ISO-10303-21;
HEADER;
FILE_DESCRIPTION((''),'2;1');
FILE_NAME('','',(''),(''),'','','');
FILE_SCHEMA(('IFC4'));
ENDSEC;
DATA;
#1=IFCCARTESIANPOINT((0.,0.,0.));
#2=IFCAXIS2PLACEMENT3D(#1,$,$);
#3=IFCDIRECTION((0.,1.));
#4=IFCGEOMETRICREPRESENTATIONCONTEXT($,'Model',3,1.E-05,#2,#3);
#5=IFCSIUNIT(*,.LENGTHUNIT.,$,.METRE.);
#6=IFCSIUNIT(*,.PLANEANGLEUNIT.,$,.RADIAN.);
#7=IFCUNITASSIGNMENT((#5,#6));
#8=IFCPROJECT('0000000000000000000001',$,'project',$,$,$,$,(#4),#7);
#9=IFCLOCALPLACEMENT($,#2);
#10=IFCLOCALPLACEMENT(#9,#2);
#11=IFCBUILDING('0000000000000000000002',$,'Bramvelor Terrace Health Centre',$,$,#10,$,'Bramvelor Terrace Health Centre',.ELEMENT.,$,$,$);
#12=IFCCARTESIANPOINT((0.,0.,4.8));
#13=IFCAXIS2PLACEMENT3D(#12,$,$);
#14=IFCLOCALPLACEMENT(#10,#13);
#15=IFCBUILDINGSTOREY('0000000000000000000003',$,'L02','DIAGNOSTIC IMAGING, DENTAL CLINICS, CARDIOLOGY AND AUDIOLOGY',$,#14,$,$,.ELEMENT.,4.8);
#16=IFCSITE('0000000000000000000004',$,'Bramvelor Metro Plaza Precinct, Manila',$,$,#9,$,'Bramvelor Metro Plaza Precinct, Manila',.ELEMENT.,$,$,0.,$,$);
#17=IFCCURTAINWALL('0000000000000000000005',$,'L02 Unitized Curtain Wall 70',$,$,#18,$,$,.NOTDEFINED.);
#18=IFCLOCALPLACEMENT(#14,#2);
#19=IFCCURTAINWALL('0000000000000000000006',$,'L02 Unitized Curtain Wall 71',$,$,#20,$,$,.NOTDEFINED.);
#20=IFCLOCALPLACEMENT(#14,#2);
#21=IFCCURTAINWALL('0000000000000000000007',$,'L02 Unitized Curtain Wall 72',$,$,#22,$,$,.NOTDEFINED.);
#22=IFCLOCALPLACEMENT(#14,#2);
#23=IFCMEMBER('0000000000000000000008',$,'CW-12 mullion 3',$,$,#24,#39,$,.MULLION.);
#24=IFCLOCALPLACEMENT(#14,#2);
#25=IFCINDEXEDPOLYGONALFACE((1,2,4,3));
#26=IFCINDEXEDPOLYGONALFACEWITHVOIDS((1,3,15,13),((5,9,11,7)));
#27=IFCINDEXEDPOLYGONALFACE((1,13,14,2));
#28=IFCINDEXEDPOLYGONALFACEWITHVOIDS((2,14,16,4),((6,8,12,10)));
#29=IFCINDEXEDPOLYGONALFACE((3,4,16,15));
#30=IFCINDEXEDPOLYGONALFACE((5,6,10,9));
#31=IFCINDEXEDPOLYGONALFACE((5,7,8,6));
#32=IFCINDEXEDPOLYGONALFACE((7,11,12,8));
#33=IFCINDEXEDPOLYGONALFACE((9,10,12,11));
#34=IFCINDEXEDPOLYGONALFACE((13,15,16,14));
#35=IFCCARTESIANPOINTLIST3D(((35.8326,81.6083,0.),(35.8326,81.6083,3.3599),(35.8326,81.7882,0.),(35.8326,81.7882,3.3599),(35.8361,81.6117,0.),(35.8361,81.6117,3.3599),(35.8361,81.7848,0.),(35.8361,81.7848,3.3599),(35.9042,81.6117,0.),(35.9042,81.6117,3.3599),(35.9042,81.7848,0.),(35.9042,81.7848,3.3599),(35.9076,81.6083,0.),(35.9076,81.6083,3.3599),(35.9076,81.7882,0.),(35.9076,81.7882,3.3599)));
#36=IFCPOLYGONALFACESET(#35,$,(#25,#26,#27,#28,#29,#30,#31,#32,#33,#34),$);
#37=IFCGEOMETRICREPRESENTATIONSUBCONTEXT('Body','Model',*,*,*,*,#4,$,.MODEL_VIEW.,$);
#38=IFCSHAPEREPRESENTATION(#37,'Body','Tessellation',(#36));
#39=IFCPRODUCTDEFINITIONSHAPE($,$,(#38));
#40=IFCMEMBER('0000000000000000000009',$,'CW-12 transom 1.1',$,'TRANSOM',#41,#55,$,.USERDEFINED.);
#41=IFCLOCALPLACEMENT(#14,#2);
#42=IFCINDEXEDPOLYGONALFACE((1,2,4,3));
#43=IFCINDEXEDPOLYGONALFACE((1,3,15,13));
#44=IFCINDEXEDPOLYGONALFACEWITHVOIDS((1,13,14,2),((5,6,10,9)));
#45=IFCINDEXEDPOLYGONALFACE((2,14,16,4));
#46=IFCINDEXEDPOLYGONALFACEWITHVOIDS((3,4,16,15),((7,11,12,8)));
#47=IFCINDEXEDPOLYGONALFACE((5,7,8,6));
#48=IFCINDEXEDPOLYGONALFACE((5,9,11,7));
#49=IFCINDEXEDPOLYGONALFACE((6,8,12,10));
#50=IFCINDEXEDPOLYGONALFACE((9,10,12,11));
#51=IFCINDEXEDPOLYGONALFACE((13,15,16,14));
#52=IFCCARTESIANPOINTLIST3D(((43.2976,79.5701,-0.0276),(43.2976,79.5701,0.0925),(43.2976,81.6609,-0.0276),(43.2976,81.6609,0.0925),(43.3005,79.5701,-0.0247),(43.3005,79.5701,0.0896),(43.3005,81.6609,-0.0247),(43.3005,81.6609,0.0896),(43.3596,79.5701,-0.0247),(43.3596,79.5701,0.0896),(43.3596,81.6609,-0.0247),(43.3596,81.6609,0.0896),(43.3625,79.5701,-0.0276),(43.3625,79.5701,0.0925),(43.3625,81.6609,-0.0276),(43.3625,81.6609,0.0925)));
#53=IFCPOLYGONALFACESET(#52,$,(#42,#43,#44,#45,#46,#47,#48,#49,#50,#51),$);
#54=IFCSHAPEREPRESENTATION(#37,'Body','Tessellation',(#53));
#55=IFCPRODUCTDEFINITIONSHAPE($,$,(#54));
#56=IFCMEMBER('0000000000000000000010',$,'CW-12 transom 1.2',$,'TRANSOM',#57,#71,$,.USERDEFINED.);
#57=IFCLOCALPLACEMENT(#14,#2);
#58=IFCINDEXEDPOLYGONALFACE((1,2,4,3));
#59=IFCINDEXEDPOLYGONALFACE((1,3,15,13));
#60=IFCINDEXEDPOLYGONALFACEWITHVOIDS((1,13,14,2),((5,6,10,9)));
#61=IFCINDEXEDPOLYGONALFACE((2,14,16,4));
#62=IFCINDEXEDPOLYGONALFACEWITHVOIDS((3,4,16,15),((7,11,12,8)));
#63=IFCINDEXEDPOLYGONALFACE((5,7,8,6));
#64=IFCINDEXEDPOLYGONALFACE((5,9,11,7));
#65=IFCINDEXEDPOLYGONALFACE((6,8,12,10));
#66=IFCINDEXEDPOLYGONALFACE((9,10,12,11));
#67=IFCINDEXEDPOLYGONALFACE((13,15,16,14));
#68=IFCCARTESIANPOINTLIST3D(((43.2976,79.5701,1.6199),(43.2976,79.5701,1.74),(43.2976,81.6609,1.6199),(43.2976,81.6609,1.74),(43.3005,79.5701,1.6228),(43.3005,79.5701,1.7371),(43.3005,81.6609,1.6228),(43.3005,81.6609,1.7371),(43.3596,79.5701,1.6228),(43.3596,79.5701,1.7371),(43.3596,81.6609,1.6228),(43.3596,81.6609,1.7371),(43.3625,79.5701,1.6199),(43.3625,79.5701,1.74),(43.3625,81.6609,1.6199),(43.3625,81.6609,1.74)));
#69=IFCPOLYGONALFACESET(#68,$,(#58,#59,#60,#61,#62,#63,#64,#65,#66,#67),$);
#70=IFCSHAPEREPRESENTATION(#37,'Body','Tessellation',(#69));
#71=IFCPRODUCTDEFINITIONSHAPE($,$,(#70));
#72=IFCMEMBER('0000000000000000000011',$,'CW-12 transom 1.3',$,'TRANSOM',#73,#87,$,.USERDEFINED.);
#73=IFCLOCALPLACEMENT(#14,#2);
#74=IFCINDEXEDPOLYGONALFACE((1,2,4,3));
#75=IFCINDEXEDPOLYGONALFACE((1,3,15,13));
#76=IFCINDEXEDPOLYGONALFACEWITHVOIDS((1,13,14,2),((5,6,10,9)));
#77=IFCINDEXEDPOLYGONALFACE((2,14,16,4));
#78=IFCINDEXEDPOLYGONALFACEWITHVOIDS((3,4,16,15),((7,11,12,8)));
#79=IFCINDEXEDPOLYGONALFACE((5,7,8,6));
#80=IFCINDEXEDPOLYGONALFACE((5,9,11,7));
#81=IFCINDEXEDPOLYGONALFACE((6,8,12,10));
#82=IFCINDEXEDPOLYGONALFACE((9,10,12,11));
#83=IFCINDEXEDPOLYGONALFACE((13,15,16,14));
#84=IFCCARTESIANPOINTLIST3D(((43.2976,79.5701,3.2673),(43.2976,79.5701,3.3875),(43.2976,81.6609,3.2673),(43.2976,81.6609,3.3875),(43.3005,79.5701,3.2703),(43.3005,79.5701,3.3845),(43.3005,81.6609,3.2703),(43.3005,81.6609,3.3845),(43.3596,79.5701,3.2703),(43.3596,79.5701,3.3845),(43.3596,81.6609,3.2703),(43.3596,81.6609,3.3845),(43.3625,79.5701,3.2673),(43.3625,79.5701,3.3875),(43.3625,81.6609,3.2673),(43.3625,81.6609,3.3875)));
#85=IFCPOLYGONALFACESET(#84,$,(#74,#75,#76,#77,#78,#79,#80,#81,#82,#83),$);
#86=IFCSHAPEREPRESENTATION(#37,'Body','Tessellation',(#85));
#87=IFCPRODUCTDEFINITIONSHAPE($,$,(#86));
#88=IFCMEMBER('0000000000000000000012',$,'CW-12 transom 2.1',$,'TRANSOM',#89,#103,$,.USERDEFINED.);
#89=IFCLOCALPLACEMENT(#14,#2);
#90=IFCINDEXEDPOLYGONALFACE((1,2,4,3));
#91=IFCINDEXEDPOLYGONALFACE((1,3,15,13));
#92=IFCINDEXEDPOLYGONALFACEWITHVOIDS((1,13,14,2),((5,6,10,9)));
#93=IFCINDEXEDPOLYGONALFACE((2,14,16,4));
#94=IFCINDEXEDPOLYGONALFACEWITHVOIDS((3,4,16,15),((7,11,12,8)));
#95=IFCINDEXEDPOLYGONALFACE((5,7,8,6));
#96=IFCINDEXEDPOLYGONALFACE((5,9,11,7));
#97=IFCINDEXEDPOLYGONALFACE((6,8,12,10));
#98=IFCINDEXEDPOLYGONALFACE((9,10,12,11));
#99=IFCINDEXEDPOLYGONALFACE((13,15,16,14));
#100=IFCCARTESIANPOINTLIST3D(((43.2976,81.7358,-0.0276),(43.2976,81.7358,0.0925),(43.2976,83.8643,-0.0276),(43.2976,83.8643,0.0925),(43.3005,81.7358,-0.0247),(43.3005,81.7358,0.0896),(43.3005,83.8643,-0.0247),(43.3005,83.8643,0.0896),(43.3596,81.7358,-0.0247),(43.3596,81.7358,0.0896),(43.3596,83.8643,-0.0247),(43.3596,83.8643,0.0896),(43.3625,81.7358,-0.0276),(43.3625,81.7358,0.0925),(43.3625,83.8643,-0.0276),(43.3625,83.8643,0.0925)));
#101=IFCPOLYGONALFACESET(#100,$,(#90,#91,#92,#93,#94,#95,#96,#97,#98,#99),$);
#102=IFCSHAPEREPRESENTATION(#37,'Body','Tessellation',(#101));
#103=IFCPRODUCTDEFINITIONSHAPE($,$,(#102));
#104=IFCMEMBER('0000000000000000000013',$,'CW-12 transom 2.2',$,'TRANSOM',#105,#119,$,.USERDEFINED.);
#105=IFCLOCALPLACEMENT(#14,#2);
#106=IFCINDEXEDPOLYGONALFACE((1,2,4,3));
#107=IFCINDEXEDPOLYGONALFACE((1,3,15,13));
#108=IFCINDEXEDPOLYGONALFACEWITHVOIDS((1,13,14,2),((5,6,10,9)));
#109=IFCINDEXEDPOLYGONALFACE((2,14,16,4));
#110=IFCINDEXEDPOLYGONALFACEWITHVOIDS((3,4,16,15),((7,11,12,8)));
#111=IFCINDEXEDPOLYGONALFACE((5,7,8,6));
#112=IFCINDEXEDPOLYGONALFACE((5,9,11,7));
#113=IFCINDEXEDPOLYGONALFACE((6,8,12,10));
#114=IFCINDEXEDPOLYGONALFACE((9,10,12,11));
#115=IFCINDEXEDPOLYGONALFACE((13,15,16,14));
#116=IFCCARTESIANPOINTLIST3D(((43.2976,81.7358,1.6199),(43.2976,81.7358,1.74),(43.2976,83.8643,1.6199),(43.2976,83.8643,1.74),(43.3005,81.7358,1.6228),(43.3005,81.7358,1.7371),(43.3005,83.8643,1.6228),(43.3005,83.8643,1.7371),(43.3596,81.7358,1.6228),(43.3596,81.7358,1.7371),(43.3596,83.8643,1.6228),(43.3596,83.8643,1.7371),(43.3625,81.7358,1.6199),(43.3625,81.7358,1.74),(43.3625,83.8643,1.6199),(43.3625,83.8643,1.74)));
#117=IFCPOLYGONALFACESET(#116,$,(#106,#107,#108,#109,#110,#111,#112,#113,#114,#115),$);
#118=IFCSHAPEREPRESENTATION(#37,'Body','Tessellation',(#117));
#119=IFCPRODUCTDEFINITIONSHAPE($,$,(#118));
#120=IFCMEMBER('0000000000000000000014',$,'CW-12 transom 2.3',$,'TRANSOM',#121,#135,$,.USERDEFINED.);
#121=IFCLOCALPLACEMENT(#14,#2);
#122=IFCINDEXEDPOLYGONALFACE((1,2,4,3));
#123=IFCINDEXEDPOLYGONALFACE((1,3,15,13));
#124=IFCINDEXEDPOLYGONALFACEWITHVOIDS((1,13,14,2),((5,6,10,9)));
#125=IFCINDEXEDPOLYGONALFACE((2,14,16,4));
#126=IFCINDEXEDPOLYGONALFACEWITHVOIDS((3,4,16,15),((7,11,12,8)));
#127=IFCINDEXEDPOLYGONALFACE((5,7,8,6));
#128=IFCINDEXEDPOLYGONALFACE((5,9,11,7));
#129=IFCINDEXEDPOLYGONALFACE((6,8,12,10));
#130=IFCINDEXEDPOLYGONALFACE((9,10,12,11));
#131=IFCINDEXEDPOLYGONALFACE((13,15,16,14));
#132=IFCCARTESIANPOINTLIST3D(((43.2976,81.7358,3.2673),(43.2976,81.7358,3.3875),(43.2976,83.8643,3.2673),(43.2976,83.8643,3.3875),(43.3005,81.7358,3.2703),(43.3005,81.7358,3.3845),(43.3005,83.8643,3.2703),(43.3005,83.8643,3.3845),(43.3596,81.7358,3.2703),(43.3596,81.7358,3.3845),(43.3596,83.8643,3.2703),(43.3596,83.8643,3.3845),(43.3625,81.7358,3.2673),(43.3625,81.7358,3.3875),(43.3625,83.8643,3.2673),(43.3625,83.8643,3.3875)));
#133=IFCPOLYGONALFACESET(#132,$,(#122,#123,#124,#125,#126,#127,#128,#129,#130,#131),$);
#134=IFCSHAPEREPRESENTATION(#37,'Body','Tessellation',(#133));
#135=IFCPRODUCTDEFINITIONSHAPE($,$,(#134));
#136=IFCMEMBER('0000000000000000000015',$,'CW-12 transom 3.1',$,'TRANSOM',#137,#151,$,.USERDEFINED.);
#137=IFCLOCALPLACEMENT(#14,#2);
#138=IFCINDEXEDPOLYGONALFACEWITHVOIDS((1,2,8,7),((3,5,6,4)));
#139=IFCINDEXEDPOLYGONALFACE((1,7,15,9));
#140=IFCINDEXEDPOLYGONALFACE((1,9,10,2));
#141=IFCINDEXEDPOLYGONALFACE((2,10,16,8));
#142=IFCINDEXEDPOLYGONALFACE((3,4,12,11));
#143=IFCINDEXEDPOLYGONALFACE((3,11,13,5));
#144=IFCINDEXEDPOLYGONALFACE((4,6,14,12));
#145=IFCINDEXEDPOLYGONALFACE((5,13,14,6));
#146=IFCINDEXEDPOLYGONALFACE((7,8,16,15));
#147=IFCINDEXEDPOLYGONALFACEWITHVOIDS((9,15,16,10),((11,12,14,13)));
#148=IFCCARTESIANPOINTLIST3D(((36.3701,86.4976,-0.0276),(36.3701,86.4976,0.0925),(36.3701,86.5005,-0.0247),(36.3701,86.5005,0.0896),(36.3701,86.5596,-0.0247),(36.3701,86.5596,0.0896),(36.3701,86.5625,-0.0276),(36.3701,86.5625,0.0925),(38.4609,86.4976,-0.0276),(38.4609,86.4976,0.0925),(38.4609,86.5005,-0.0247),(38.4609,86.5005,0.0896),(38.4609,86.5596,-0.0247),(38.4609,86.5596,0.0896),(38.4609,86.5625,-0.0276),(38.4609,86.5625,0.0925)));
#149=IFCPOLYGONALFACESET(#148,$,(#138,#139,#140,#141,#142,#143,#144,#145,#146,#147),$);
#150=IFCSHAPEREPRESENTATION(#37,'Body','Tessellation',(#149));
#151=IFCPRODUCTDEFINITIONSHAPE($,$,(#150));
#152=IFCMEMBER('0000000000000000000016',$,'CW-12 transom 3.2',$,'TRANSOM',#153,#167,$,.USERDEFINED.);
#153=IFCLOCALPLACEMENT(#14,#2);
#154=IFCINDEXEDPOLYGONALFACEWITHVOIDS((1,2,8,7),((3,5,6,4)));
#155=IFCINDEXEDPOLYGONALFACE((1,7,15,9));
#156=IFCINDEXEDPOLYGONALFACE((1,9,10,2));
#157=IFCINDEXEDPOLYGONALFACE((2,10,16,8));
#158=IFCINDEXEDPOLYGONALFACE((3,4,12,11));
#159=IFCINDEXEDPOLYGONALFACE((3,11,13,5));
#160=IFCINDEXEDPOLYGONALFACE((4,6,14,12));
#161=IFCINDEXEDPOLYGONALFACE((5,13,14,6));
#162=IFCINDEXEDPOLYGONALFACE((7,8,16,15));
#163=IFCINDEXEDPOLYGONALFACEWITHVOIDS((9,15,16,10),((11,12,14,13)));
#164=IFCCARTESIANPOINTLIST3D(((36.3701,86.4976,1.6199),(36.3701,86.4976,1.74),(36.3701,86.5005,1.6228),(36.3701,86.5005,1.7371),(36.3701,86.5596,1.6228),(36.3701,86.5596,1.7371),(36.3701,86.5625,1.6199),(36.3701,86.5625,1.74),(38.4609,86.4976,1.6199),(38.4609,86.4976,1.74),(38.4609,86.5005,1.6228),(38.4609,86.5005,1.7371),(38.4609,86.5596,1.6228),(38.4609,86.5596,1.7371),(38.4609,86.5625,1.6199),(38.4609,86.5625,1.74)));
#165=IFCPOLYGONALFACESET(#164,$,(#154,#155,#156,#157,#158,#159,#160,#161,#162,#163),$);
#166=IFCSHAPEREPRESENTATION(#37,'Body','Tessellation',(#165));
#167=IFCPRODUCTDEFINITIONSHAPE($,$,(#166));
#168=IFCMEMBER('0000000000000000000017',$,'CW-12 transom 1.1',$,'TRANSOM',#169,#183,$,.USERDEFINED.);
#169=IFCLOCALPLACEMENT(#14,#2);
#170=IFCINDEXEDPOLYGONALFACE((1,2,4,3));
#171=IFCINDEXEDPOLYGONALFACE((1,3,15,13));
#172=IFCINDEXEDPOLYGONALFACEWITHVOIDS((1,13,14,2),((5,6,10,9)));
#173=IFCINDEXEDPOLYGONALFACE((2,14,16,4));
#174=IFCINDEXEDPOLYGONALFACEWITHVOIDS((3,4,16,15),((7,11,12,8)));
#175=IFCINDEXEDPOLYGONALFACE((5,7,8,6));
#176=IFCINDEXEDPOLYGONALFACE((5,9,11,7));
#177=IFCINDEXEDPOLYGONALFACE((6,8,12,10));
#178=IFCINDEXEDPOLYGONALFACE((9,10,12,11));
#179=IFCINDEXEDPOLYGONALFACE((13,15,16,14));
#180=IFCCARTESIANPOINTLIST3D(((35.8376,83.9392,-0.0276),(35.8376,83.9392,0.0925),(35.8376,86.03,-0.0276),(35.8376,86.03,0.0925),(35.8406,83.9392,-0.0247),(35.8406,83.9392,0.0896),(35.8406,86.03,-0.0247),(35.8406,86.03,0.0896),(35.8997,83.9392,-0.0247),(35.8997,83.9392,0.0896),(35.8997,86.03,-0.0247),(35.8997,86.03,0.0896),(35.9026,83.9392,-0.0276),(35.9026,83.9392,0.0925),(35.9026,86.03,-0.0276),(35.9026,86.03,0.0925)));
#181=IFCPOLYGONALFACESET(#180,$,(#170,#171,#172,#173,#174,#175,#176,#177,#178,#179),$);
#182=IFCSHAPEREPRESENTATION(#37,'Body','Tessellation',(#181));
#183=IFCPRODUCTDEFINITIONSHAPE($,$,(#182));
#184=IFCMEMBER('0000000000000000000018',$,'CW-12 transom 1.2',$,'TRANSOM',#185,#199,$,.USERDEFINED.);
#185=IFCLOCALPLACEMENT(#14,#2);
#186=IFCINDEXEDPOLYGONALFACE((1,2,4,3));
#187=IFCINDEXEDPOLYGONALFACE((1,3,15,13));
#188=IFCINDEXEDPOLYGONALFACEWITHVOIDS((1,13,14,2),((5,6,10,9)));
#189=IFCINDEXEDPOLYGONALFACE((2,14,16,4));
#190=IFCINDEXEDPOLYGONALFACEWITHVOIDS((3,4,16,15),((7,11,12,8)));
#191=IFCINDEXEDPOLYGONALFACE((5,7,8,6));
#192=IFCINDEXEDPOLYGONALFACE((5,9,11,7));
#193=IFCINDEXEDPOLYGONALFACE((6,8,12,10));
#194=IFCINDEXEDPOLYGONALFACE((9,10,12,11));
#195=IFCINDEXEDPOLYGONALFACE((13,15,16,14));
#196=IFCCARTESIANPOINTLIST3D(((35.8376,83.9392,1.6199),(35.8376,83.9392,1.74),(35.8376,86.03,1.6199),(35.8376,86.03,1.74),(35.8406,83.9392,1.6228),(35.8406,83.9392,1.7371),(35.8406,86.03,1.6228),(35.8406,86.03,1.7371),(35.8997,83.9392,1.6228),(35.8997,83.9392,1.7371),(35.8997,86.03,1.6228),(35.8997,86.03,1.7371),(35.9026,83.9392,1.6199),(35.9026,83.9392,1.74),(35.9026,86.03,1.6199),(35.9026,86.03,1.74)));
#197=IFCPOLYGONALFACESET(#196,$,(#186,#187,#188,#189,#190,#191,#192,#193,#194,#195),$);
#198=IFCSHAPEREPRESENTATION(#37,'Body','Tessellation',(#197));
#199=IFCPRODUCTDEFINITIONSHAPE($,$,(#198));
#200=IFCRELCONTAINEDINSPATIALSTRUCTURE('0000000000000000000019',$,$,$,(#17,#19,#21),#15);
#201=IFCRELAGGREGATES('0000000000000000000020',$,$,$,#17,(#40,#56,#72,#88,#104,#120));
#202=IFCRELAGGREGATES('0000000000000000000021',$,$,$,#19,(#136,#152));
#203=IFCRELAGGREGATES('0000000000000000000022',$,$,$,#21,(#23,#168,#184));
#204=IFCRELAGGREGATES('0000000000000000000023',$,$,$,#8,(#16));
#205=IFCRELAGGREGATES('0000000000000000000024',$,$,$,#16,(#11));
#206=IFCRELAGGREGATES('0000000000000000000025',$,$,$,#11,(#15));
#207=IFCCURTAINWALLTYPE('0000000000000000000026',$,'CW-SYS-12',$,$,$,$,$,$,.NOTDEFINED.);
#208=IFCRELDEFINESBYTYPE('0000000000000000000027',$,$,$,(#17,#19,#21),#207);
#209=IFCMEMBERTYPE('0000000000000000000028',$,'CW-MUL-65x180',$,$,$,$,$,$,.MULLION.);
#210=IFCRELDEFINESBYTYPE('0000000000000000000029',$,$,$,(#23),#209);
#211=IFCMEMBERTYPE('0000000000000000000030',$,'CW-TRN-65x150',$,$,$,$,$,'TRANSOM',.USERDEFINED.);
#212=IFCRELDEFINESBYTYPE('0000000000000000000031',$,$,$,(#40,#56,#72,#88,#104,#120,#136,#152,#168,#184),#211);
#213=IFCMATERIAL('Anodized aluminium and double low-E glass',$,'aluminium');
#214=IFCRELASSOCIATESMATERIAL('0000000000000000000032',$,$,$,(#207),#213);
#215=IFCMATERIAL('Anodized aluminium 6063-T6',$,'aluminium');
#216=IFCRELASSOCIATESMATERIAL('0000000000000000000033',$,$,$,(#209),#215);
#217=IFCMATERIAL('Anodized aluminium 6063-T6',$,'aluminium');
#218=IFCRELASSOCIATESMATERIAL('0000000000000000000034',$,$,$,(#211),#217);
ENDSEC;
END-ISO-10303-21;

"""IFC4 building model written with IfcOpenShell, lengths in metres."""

from ifc_helpers import new_model, si_unit, direction, frame, origin, origin_2d, place, context, subcontext, project, spatial, hollow_rectangle, extrude, material, material_profile, profile_set, type_object, element, aggregate, save


model = new_model("IFC4")

# Units and contexts
model_context = context("Model", 3, precision=1e-05, world=origin(), true_north=direction((0.0, 1.0)))
body_context = subcontext(model_context, "Body", "Model", "MODEL_VIEW")
ifc_project = project(units=[si_unit("LENGTHUNIT", "METRE"), si_unit("PLANEANGLEUNIT", "RADIAN")], contexts=[model_context])

# Site, building, storey
site_placement = place(None, origin())
site = spatial("IfcSite", under=ifc_project, at=site_placement, Name="Bramvelor Metro Plaza Precinct, Manila", LongName="Bramvelor Metro Plaza Precinct, Manila", CompositionType="ELEMENT", RefElevation=0.0)
building_placement = place(site_placement, origin())
building = spatial("IfcBuilding", under=site, at=building_placement, Name="Bramvelor Terrace Health Centre", LongName="Bramvelor Terrace Health Centre", CompositionType="ELEMENT")
storey_placement = place(building_placement, frame((0.0, 0.0, 4.8)))
storey = spatial("IfcBuildingStorey", under=building, at=storey_placement, Name="L02", Description="DIAGNOSTIC IMAGING, DENTAL CLINICS, CARDIOLOGY AND AUDIOLOGY", CompositionType="ELEMENT", Elevation=4.8)

# Curtain wall
ifc_material_1 = material(Name="Anodized aluminium and double low-E glass", Category="aluminium")
curtain_wall_type = type_object("IfcCurtainWallType", Name="CW-SYS-12", PredefinedType="NOTDEFINED", material=ifc_material_1)
curtain_wall_1_placement = place(storey_placement, origin())
curtain_wall_1 = element("IfcCurtainWall", 1, at=curtain_wall_1_placement, inside=storey, type_object=curtain_wall_type, Name="L02 Unitized Curtain Wall 70", PredefinedType="NOTDEFINED")
ifc_material_2 = material(Name="Anodized aluminium 6063-T6", Category="aluminium")
ifc_material_profile_1 = material_profile(ifc_material_2, hollow_rectangle(XDim=0.075, YDim=0.1799, WallThickness=0.0034, at=origin_2d()), Name="ALU-MUL 75x180x3.5")
ifc_profile_set_1 = profile_set([ifc_material_profile_1], Name="Anodized aluminium 6063-T6")
member_type_1 = type_object("IfcMemberType", Name="CW-MUL-65x180", PredefinedType="MULLION", material=ifc_profile_set_1)

# Curtain wall
curtain_wall_2_placement = place(storey_placement, origin())
curtain_wall_2 = element("IfcCurtainWall", 2, at=curtain_wall_2_placement, inside=storey, type_object=curtain_wall_type, Name="L02 Unitized Curtain Wall 71", PredefinedType="NOTDEFINED")

# Curtain wall, member
curtain_wall_3_placement = place(storey_placement, origin())
curtain_wall_3 = element("IfcCurtainWall", 3, at=curtain_wall_3_placement, inside=storey, type_object=curtain_wall_type, Name="L02 Unitized Curtain Wall 72", PredefinedType="NOTDEFINED")
member_1_placement = place(storey_placement, frame((35.8701, 81.6982, 0.0), z_axis=(0.0, 0.0, 1.0), x_axis=(1.0, 0.0, 0.0)))
member_1 = element("IfcMember", 4, at=member_1_placement, type_object=member_type_1, Name="CW-12 mullion 3", PredefinedType="MULLION", context=body_context, shape_type="SweptSolid", body=[
    extrude(hollow_rectangle(XDim=0.075, YDim=0.1799, WallThickness=0.0034, at=origin_2d()), origin(), (0.0, 0.0, 1.0), 3.3599),
])

# Members
ifc_material_3 = material(Name="Anodized aluminium 6063-T6", Category="aluminium")
ifc_material_profile_2 = material_profile(ifc_material_3, hollow_rectangle(XDim=0.0649, YDim=0.1201, WallThickness=0.0029, at=origin_2d()), Name="ALU-TRN 65x120x3.0")
ifc_profile_set_2 = profile_set([ifc_material_profile_2], Name="Anodized aluminium 6063-T6")
member_type_2 = type_object("IfcMemberType", Name="CW-TRN-65x150", ElementType="TRANSOM", PredefinedType="USERDEFINED", material=ifc_profile_set_2)
member_2_placement = place(storey_placement, frame((43.3301, 79.5701, 0.0325), z_axis=(0.0, 1.0, 0.0), x_axis=(-1.0, 0.0, 0.0)))
member_2 = element("IfcMember", 5, at=member_2_placement, type_object=member_type_2, Name="CW-12 transom 1.1", ObjectType="TRANSOM", PredefinedType="USERDEFINED", context=body_context, shape_type="SweptSolid", body=[
    extrude(hollow_rectangle(XDim=0.0649, YDim=0.1201, WallThickness=0.0029, at=origin_2d()), origin(), (0.0, 0.0, 1.0), 2.0908),
])
member_3_placement = place(storey_placement, frame((43.3301, 79.5701, 1.6799), z_axis=(0.0, 1.0, 0.0), x_axis=(-1.0, 0.0, 0.0)))
member_3 = element("IfcMember", 6, at=member_3_placement, type_object=member_type_2, Name="CW-12 transom 1.2", ObjectType="TRANSOM", PredefinedType="USERDEFINED", context=body_context, shape_type="SweptSolid", body=[
    extrude(hollow_rectangle(XDim=0.0649, YDim=0.1201, WallThickness=0.0029, at=origin_2d()), origin(), (0.0, 0.0, 1.0), 2.0908),
])
member_4_placement = place(storey_placement, frame((43.3301, 79.5701, 3.3274), z_axis=(0.0, 1.0, 0.0), x_axis=(-1.0, 0.0, 0.0)))
member_4 = element("IfcMember", 7, at=member_4_placement, type_object=member_type_2, Name="CW-12 transom 1.3", ObjectType="TRANSOM", PredefinedType="USERDEFINED", context=body_context, shape_type="SweptSolid", body=[
    extrude(hollow_rectangle(XDim=0.0649, YDim=0.1201, WallThickness=0.0029, at=origin_2d()), origin(), (0.0, 0.0, 1.0), 2.0908),
])
member_5_placement = place(storey_placement, frame((43.3301, 81.7358, 0.0325), z_axis=(0.0, 1.0, 0.0), x_axis=(-1.0, 0.0, 0.0)))
member_5 = element("IfcMember", 8, at=member_5_placement, type_object=member_type_2, Name="CW-12 transom 2.1", ObjectType="TRANSOM", PredefinedType="USERDEFINED", context=body_context, shape_type="SweptSolid", body=[
    extrude(hollow_rectangle(XDim=0.0649, YDim=0.1201, WallThickness=0.0029, at=origin_2d()), origin(), (0.0, 0.0, 1.0), 2.1284),
])
member_6_placement = place(storey_placement, frame((43.3301, 81.7358, 1.6799), z_axis=(0.0, 1.0, 0.0), x_axis=(-1.0, 0.0, 0.0)))
member_6 = element("IfcMember", 9, at=member_6_placement, type_object=member_type_2, Name="CW-12 transom 2.2", ObjectType="TRANSOM", PredefinedType="USERDEFINED", context=body_context, shape_type="SweptSolid", body=[
    extrude(hollow_rectangle(XDim=0.0649, YDim=0.1201, WallThickness=0.0029, at=origin_2d()), origin(), (0.0, 0.0, 1.0), 2.1284),
])
member_7_placement = place(storey_placement, frame((43.3301, 81.7358, 3.3274), z_axis=(0.0, 1.0, 0.0), x_axis=(-1.0, 0.0, 0.0)))
member_7 = element("IfcMember", 10, at=member_7_placement, type_object=member_type_2, Name="CW-12 transom 2.3", ObjectType="TRANSOM", PredefinedType="USERDEFINED", context=body_context, shape_type="SweptSolid", body=[
    extrude(hollow_rectangle(XDim=0.0649, YDim=0.1201, WallThickness=0.0029, at=origin_2d()), origin(), (0.0, 0.0, 1.0), 2.1284),
])
member_8_placement = place(storey_placement, frame((38.4609, 86.53, 0.0325), z_axis=(-1.0, 0.0, 0.0), x_axis=(0.0, -1.0, 0.0)))
member_8 = element("IfcMember", 11, at=member_8_placement, type_object=member_type_2, Name="CW-12 transom 3.1", ObjectType="TRANSOM", PredefinedType="USERDEFINED", context=body_context, shape_type="SweptSolid", body=[
    extrude(hollow_rectangle(XDim=0.0649, YDim=0.1201, WallThickness=0.0029, at=origin_2d()), origin(), (0.0, 0.0, 1.0), 2.0908),
])
member_9_placement = place(storey_placement, frame((38.4609, 86.53, 1.6799), z_axis=(-1.0, 0.0, 0.0), x_axis=(0.0, -1.0, 0.0)))
member_9 = element("IfcMember", 12, at=member_9_placement, type_object=member_type_2, Name="CW-12 transom 3.2", ObjectType="TRANSOM", PredefinedType="USERDEFINED", context=body_context, shape_type="SweptSolid", body=[
    extrude(hollow_rectangle(XDim=0.0649, YDim=0.1201, WallThickness=0.0029, at=origin_2d()), origin(), (0.0, 0.0, 1.0), 2.0908),
])
member_10_placement = place(storey_placement, frame((35.8701, 86.03, 0.0325), z_axis=(0.0, -1.0, 0.0), x_axis=(1.0, 0.0, 0.0)))
member_10 = element("IfcMember", 13, at=member_10_placement, type_object=member_type_2, Name="CW-12 transom 1.1", ObjectType="TRANSOM", PredefinedType="USERDEFINED", context=body_context, shape_type="SweptSolid", body=[
    extrude(hollow_rectangle(XDim=0.0649, YDim=0.1201, WallThickness=0.0029, at=origin_2d()), origin(), (0.0, 0.0, 1.0), 2.0908),
])
member_11_placement = place(storey_placement, frame((35.8701, 86.03, 1.6799), z_axis=(0.0, -1.0, 0.0), x_axis=(1.0, 0.0, 0.0)))
member_11 = element("IfcMember", 14, at=member_11_placement, type_object=member_type_2, Name="CW-12 transom 1.2", ObjectType="TRANSOM", PredefinedType="USERDEFINED", context=body_context, shape_type="SweptSolid", body=[
    extrude(hollow_rectangle(XDim=0.0649, YDim=0.1201, WallThickness=0.0029, at=origin_2d()), origin(), (0.0, 0.0, 1.0), 2.0908),
])

aggregate(curtain_wall_1, [member_2, member_3, member_4, member_5, member_6, member_7])
aggregate(curtain_wall_2, [member_8, member_9])
aggregate(curtain_wall_3, [member_1, member_10, member_11])

save(model, "model.ifc")
